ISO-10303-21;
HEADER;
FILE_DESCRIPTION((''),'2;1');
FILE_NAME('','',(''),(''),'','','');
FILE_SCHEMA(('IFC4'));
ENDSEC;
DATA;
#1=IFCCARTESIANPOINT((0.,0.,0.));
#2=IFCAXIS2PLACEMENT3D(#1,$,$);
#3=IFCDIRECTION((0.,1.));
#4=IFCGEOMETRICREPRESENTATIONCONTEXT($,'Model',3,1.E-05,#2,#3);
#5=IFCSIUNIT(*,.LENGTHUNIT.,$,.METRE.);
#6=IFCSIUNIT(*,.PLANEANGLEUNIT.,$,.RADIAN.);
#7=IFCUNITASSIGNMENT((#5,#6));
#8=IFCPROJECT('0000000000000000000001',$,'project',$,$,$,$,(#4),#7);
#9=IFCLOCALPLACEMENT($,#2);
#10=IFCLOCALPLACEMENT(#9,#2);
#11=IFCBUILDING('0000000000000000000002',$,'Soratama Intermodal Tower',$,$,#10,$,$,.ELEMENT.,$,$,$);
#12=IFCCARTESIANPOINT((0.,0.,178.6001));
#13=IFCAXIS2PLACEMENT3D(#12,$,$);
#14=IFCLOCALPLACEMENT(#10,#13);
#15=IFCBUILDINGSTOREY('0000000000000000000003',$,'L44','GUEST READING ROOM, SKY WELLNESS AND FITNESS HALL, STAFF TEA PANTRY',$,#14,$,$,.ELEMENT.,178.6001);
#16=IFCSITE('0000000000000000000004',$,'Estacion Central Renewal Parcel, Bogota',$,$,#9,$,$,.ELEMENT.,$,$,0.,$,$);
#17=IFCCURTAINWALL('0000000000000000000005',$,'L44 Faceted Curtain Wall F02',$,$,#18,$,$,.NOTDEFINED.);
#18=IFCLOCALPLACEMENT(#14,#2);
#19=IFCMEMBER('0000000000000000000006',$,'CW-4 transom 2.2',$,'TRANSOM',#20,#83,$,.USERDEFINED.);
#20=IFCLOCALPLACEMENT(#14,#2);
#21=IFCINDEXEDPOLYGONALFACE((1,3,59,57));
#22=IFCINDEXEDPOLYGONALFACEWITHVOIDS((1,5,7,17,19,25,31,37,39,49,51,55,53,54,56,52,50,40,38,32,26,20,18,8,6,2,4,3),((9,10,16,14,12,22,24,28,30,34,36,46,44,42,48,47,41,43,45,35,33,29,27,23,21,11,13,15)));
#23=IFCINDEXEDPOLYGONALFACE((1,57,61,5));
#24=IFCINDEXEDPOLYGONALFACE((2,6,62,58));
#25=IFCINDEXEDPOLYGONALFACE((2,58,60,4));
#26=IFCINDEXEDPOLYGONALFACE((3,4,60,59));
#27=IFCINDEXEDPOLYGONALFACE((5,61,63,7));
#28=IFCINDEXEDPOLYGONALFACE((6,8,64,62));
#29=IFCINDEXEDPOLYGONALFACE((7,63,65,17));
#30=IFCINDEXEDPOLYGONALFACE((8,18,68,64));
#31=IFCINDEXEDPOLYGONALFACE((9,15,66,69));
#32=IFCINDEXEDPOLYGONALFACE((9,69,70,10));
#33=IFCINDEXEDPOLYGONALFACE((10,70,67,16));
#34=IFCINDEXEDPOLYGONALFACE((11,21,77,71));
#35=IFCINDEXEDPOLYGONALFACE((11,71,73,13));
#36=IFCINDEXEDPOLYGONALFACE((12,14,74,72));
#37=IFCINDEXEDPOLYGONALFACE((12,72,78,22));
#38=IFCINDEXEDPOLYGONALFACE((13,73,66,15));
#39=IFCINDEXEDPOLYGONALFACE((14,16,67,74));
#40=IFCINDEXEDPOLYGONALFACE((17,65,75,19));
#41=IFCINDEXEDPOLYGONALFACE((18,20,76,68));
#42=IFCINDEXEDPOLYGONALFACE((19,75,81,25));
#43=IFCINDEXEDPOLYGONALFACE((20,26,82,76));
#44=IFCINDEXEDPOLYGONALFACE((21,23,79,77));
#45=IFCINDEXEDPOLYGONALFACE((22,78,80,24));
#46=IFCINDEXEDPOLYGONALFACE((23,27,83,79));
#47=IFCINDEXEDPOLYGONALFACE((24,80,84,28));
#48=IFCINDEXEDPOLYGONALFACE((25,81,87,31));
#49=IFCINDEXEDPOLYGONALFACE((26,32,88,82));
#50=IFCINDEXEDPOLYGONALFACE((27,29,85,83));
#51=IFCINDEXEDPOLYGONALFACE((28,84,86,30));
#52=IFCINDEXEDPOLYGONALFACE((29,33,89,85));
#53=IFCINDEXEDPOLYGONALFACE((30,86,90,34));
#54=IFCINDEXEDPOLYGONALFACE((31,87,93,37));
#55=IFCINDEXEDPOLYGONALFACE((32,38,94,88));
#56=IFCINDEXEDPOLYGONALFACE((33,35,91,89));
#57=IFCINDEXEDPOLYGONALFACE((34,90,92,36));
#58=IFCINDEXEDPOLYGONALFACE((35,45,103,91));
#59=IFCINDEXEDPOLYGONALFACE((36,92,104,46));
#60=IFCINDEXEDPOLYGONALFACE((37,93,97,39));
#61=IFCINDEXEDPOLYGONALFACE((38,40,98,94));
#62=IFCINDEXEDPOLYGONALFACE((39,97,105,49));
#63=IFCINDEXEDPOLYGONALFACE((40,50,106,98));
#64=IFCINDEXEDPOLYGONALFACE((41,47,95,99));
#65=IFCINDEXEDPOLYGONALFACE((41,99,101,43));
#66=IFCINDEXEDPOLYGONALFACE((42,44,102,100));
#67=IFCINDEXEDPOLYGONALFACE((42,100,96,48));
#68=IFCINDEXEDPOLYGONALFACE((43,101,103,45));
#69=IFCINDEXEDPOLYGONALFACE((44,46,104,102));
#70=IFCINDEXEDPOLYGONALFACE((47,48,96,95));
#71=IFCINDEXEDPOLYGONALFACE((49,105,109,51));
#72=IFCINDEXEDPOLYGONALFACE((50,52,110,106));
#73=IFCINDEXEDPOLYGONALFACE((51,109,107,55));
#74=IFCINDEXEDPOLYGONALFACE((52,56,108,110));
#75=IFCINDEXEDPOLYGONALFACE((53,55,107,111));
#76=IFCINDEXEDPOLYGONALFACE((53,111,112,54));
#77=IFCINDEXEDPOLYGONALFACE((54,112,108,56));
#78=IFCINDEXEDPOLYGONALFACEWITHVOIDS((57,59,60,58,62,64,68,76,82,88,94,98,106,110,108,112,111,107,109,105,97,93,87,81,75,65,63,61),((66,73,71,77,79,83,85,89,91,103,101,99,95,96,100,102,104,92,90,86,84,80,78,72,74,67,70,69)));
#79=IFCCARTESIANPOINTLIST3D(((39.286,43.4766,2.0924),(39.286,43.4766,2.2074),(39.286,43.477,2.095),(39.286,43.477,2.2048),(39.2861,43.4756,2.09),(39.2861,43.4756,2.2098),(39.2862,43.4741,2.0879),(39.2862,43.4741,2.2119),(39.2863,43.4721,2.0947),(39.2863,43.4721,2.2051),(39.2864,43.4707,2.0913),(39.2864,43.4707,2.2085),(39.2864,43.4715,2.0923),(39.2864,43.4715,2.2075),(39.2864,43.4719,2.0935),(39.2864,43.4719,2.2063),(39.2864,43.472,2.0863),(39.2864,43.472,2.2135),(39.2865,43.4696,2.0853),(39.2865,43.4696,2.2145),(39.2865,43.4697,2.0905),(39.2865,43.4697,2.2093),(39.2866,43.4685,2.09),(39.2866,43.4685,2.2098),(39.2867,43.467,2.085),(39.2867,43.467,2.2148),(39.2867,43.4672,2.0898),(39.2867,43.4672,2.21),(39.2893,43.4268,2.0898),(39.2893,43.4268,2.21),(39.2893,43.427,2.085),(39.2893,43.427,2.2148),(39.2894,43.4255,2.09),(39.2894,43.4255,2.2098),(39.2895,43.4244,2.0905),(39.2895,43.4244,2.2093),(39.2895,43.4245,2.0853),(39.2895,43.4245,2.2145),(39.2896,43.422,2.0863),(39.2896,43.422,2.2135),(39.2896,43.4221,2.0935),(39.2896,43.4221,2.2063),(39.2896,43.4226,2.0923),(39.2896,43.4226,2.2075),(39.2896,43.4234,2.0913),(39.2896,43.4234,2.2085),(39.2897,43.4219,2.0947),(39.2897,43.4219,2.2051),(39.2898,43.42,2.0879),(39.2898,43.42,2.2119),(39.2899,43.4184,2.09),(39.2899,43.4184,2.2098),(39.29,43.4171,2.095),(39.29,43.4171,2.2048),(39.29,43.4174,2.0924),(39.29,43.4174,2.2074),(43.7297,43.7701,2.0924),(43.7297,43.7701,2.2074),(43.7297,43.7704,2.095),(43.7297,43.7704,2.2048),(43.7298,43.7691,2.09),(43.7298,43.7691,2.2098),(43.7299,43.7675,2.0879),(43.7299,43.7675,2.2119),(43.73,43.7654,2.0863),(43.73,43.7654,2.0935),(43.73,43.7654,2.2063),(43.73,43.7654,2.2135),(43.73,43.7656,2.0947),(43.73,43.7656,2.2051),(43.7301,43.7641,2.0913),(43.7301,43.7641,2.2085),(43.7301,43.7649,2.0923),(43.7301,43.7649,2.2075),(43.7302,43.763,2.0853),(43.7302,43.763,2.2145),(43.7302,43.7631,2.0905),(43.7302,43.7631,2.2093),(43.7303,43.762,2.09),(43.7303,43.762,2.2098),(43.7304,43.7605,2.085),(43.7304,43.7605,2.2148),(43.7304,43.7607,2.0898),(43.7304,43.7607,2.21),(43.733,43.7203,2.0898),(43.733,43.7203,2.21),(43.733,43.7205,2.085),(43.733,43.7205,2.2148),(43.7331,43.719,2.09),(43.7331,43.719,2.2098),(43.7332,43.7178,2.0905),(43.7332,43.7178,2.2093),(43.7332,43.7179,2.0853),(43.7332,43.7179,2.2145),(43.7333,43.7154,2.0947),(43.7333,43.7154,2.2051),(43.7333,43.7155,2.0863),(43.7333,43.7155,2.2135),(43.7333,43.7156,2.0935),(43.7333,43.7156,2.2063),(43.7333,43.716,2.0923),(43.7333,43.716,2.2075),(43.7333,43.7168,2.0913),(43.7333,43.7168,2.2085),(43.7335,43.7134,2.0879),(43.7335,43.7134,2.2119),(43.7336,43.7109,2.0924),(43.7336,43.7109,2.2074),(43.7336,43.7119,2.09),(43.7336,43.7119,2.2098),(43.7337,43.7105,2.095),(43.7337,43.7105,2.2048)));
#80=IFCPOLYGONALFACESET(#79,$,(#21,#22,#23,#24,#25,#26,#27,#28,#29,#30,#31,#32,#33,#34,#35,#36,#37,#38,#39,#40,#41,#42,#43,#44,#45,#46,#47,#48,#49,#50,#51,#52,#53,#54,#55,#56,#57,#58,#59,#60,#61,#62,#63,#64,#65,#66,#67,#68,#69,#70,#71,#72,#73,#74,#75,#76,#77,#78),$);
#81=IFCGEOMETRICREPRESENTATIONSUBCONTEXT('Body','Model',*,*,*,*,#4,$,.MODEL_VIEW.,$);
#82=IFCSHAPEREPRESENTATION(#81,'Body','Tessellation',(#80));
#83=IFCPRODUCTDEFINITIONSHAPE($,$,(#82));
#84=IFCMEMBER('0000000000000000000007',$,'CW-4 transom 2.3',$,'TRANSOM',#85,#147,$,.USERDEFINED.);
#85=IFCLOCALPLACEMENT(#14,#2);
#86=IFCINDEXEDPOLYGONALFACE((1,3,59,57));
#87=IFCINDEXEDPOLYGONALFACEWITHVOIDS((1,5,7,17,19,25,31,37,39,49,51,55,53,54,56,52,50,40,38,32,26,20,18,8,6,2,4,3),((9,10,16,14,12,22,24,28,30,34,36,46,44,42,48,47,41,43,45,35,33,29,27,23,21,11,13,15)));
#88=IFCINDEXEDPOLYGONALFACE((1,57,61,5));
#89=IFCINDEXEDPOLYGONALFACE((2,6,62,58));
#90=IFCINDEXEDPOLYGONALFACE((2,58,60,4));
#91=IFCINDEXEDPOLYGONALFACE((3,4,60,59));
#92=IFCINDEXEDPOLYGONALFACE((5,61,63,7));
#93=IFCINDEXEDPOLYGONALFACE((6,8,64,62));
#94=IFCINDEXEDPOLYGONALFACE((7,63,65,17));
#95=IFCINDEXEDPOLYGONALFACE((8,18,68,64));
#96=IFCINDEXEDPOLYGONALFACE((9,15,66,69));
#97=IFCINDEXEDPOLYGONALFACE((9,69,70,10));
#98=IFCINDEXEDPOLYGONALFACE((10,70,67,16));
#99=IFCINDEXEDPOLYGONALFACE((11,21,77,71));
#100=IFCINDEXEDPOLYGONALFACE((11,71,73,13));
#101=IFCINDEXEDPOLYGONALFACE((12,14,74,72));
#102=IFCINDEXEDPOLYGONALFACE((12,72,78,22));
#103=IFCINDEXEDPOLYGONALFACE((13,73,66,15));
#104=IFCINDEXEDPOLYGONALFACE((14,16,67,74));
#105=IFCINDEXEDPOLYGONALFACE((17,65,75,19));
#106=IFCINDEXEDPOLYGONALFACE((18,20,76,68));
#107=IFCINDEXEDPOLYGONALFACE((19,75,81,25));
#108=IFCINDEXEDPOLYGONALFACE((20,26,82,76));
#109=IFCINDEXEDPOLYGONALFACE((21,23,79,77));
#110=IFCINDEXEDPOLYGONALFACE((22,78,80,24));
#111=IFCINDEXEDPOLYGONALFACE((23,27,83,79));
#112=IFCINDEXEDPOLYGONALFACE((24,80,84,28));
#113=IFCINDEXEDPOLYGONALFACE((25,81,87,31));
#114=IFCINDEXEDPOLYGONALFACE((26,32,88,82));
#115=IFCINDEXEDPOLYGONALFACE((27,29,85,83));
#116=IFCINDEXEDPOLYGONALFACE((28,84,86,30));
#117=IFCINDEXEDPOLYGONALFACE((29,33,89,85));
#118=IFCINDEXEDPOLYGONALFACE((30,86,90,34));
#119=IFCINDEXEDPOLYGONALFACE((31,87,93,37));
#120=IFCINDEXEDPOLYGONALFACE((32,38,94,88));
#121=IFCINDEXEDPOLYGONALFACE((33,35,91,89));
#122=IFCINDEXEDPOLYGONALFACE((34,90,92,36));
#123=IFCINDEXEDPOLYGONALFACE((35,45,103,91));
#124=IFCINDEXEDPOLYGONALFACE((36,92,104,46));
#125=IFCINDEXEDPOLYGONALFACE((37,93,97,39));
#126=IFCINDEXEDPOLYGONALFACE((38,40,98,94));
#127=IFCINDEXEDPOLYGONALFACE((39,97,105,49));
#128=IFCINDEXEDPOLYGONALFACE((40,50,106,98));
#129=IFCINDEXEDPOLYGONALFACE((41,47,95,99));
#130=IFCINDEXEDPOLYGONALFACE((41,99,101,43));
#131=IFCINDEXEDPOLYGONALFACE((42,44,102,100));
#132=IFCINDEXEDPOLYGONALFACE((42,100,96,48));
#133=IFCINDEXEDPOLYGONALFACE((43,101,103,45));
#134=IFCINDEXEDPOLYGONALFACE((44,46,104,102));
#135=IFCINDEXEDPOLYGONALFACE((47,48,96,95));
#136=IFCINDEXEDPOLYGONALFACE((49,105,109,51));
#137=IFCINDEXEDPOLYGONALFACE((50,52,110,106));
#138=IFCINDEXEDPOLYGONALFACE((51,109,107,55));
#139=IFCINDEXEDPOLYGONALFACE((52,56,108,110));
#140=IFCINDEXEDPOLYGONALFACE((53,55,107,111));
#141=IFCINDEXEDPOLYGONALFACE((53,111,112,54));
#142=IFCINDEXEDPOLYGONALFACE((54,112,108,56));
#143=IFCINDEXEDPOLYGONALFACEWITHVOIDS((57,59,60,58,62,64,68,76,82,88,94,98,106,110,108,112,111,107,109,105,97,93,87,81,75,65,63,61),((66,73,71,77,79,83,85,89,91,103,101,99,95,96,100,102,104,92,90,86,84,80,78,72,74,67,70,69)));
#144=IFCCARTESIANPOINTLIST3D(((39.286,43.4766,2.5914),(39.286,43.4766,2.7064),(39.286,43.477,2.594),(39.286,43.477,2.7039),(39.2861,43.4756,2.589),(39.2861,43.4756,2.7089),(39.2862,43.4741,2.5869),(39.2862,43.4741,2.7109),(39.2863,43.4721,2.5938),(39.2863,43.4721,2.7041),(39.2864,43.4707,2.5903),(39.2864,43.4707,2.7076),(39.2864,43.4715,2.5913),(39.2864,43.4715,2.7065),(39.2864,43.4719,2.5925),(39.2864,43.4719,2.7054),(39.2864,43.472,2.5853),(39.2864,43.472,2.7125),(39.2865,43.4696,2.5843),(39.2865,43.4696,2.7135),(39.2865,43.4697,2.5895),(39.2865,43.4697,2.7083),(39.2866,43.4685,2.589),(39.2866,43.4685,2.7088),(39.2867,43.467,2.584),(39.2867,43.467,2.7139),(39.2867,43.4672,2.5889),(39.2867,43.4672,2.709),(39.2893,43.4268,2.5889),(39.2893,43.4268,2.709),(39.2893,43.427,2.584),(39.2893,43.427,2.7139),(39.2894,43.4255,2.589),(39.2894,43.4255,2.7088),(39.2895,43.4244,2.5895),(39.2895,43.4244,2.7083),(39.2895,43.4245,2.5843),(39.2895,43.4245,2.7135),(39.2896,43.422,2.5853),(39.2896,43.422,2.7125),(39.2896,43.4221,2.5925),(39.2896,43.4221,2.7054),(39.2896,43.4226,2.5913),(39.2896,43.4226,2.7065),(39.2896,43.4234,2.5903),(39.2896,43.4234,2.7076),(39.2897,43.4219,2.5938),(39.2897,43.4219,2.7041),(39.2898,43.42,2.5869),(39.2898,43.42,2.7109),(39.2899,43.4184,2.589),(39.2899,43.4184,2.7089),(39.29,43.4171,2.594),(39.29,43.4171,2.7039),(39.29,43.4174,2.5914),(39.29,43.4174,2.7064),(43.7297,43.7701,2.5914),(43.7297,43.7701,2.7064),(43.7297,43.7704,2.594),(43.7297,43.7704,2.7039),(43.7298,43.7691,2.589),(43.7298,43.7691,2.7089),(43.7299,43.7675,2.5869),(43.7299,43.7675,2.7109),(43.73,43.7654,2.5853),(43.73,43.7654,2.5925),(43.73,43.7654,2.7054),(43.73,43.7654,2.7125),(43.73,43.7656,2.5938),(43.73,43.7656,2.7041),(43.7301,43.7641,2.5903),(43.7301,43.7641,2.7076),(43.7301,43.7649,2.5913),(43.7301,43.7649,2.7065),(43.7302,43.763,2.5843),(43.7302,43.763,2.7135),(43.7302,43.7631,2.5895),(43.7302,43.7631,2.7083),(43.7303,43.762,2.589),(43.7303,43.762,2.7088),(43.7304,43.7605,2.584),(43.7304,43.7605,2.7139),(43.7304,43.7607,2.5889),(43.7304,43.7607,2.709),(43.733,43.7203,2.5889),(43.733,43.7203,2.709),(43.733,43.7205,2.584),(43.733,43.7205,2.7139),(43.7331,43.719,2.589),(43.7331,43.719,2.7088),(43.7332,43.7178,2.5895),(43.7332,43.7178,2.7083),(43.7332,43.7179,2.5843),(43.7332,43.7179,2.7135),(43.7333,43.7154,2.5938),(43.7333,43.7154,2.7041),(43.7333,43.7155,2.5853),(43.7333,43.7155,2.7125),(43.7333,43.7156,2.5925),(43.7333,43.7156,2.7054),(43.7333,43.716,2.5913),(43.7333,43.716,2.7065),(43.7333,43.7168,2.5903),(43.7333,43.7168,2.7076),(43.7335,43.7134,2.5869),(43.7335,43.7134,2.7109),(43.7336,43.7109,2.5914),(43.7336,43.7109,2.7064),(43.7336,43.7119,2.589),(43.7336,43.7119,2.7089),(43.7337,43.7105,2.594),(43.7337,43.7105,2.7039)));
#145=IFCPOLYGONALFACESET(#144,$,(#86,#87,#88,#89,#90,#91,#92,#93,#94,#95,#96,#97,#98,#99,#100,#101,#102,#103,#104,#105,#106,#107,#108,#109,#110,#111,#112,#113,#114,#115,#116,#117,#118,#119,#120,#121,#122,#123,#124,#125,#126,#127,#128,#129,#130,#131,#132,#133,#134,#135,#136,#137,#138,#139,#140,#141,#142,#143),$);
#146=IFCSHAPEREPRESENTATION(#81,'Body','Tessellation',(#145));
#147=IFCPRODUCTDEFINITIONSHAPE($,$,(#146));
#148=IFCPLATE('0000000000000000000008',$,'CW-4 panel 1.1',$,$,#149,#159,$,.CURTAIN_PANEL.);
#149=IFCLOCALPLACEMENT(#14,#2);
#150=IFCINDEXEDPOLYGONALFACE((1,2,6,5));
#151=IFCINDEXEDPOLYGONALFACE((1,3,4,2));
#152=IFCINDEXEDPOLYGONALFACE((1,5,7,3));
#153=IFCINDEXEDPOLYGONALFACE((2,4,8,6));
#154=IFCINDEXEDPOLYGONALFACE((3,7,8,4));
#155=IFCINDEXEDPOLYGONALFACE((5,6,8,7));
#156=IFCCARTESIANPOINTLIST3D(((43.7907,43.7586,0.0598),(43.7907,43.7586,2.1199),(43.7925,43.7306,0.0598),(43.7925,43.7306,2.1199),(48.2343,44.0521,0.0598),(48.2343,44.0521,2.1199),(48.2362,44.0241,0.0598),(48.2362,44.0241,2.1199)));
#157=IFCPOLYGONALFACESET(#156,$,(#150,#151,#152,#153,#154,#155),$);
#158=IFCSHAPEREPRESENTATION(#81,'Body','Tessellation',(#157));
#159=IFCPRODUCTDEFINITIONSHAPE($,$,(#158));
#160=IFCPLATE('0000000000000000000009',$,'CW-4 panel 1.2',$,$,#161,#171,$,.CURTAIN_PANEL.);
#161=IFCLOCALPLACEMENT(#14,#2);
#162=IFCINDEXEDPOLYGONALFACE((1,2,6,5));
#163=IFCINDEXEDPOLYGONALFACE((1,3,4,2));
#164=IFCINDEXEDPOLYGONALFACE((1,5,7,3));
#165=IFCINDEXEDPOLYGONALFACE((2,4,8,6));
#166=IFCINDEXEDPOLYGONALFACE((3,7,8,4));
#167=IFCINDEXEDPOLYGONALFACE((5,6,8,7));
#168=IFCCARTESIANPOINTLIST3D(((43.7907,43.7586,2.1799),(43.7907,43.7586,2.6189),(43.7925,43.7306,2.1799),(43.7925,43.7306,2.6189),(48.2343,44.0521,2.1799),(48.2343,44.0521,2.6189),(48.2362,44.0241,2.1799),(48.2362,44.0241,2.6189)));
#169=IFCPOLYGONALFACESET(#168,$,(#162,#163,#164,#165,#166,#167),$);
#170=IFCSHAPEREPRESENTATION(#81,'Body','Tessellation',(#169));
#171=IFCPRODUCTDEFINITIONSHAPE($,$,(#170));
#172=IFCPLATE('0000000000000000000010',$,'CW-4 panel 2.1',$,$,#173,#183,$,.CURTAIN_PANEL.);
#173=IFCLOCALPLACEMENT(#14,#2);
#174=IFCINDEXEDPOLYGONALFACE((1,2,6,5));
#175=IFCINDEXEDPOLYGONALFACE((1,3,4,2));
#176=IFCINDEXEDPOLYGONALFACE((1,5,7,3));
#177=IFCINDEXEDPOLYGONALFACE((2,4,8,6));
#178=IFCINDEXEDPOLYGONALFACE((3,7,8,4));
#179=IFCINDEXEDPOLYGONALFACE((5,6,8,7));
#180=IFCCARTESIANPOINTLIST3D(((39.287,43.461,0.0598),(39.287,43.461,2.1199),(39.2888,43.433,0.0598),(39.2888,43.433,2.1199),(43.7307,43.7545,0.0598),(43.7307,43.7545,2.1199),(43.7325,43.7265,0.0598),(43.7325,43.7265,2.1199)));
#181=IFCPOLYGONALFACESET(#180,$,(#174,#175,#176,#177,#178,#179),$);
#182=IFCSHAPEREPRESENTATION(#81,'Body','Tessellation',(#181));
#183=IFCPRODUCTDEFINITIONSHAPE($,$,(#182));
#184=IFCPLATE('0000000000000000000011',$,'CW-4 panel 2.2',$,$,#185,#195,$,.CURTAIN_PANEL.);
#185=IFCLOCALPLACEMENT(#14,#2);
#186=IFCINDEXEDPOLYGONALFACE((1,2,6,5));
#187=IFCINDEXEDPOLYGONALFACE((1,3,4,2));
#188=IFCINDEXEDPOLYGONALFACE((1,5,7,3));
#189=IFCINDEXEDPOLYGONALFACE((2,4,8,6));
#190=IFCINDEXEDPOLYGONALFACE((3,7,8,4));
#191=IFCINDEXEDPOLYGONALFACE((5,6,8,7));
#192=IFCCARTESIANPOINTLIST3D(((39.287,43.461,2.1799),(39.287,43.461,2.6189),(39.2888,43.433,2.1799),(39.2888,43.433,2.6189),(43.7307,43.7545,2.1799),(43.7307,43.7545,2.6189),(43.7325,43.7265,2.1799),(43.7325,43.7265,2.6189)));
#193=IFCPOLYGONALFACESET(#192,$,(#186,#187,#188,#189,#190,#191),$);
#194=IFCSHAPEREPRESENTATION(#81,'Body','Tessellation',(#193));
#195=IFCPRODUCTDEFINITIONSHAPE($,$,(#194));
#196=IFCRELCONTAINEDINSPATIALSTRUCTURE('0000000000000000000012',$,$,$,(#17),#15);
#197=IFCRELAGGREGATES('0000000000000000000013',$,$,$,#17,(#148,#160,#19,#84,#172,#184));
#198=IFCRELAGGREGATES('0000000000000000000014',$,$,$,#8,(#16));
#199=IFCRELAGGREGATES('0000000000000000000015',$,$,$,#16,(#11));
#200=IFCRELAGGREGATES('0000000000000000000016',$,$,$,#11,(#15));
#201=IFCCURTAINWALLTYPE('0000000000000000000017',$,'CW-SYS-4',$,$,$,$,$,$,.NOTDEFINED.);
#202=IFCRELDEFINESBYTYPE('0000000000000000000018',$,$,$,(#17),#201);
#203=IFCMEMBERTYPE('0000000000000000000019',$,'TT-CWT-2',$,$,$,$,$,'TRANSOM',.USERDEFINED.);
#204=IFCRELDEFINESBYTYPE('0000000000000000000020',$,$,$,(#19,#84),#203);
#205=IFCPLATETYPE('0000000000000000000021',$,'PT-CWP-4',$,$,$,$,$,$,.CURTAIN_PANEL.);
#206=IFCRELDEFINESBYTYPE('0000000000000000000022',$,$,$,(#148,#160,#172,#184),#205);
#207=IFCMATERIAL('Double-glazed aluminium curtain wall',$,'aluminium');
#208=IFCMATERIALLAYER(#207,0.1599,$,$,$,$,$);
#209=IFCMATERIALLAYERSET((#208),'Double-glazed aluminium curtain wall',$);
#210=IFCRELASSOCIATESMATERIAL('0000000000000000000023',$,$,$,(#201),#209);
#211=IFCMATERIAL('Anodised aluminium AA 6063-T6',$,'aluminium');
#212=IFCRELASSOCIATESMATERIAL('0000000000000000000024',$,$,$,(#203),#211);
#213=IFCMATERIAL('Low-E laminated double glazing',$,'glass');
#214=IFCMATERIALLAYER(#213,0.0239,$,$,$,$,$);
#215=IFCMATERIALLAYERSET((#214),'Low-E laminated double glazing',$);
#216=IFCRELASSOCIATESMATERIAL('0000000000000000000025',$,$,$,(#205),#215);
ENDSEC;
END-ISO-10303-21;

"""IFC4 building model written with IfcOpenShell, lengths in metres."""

from ifc_helpers import new_model, si_unit, direction, frame, origin, origin_2d, place, context, subcontext, project, spatial, rectangle, hollow_rectangle, extrude, material, layer, layer_set, material_profile, profile_set, type_object, element, aggregate, save


model = new_model("IFC4")

# Units and contexts
model_context = context("Model", 3, precision=1e-05, world=origin(), true_north=direction((0.0, 1.0)))
body_context = subcontext(model_context, "Body", "Model", "MODEL_VIEW")
ifc_project = project(units=[si_unit("LENGTHUNIT", "METRE"), si_unit("PLANEANGLEUNIT", "RADIAN")], contexts=[model_context])

# Site, building, storey
site_placement = place(None, origin())
site = spatial("IfcSite", under=ifc_project, at=site_placement, Name="Estacion Central Renewal Parcel, Bogota", CompositionType="ELEMENT", RefElevation=0.0)
building_placement = place(site_placement, origin())
building = spatial("IfcBuilding", under=site, at=building_placement, Name="Soratama Intermodal Tower", CompositionType="ELEMENT")
storey_placement = place(building_placement, frame((0.0, 0.0, 178.6001)))
storey = spatial("IfcBuildingStorey", under=building, at=storey_placement, Name="L44", Description="GUEST READING ROOM, SKY WELLNESS AND FITNESS HALL, STAFF TEA PANTRY", CompositionType="ELEMENT", Elevation=178.6001)

# Curtain wall, members, plates
ifc_material_1 = material(Name="Double-glazed aluminium curtain wall", Category="aluminium")
ifc_layer_1 = layer(ifc_material_1, 0.1599)
ifc_layer_set_1 = layer_set([ifc_layer_1], Name="Double-glazed aluminium curtain wall")
curtain_wall_type = type_object("IfcCurtainWallType", Name="CW-SYS-4", PredefinedType="NOTDEFINED", material=ifc_layer_set_1)
curtain_wall_placement = place(storey_placement, origin())
curtain_wall = element("IfcCurtainWall", 1, at=curtain_wall_placement, inside=storey, type_object=curtain_wall_type, Name="L44 Faceted Curtain Wall F02", PredefinedType="NOTDEFINED")
ifc_material_2 = material(Name="Anodised aluminium AA 6063-T6", Category="aluminium")
ifc_material_profile_1 = material_profile(ifc_material_2, hollow_rectangle(XDim=0.0601, YDim=0.1299, WallThickness=0.0049, InnerFilletRadius=0.0049, OuterFilletRadius=0.01, at=origin_2d()), Name="CWT130X60X5")
ifc_profile_set_1 = profile_set([ifc_material_profile_1], Name="Anodised aluminium AA 6063-T6")
member_type_1 = type_object("IfcMemberType", Name="TT-CWT-2", ElementType="TRANSOM", PredefinedType="USERDEFINED", material=ifc_profile_set_1)
member_1_placement = place(storey_placement, frame((43.7317, 43.7405, 2.1499), z_axis=(-0.997826, -0.065897, 0.0), x_axis=(0.065897, -0.997826, 0.0)))
member_1 = element("IfcMember", 2, at=member_1_placement, type_object=member_type_1, Name="CW-4 transom 2.2", ObjectType="TRANSOM", PredefinedType="USERDEFINED", context=body_context, shape_type="SweptSolid", body=[
    extrude(hollow_rectangle(XDim=0.0601, YDim=0.1299, WallThickness=0.0049, InnerFilletRadius=0.0049, OuterFilletRadius=0.01, at=origin_2d()), origin(), (0.0, 0.0, 1.0), 4.4534),
])
member_2_placement = place(storey_placement, frame((43.7317, 43.7405, 2.6489), z_axis=(-0.997826, -0.065897, 0.0), x_axis=(0.065897, -0.997826, 0.0)))
member_2 = element("IfcMember", 3, at=member_2_placement, type_object=member_type_1, Name="CW-4 transom 2.3", ObjectType="TRANSOM", PredefinedType="USERDEFINED", context=body_context, shape_type="SweptSolid", body=[
    extrude(hollow_rectangle(XDim=0.0601, YDim=0.1299, WallThickness=0.0049, InnerFilletRadius=0.0049, OuterFilletRadius=0.01, at=origin_2d()), origin(), (0.0, 0.0, 1.0), 4.4534),
])
ifc_material_3 = material(Name="Low-E laminated double glazing", Category="glass")
ifc_layer_2 = layer(ifc_material_3, 0.0239)
ifc_layer_set_2 = layer_set([ifc_layer_2], Name="Low-E laminated double glazing")
plate_type = type_object("IfcPlateType", Name="PT-CWP-4", PredefinedType="CURTAIN_PANEL", material=ifc_layer_set_2)
plate_1_placement = place(storey_placement, frame((46.0134, 43.8914, 0.0598), z_axis=(0.0, 0.0, 1.0), x_axis=(-0.997825, -0.065919, 0.0)))
plate_1 = element("IfcPlate", 4, at=plate_1_placement, type_object=plate_type, Name="CW-4 panel 1.1", PredefinedType="CURTAIN_PANEL", context=body_context, shape_type="SweptSolid", body=[
    extrude(rectangle(XDim=4.4534, YDim=0.0281, at=origin_2d()), origin(), (0.0, 0.0, 1.0), 2.0601),
])
plate_2_placement = place(storey_placement, frame((46.0134, 43.8914, 2.1799), z_axis=(0.0, 0.0, 1.0), x_axis=(-0.997825, -0.065919, 0.0)))
plate_2 = element("IfcPlate", 5, at=plate_2_placement, type_object=plate_type, Name="CW-4 panel 1.2", PredefinedType="CURTAIN_PANEL", context=body_context, shape_type="SweptSolid", body=[
    extrude(rectangle(XDim=4.4534, YDim=0.0281, at=origin_2d()), origin(), (0.0, 0.0, 1.0), 0.439),
])
plate_3_placement = place(storey_placement, frame((41.5098, 43.5938, 0.0598), z_axis=(0.0, 0.0, 1.0), x_axis=(-0.997825, -0.065919, 0.0)))
plate_3 = element("IfcPlate", 6, at=plate_3_placement, type_object=plate_type, Name="CW-4 panel 2.1", PredefinedType="CURTAIN_PANEL", context=body_context, shape_type="SweptSolid", body=[
    extrude(rectangle(XDim=4.4534, YDim=0.0281, at=origin_2d()), origin(), (0.0, 0.0, 1.0), 2.0601),
])
plate_4_placement = place(storey_placement, frame((41.5098, 43.5938, 2.1799), z_axis=(0.0, 0.0, 1.0), x_axis=(-0.997825, -0.065919, 0.0)))
plate_4 = element("IfcPlate", 7, at=plate_4_placement, type_object=plate_type, Name="CW-4 panel 2.2", PredefinedType="CURTAIN_PANEL", context=body_context, shape_type="SweptSolid", body=[
    extrude(rectangle(XDim=4.4534, YDim=0.0281, at=origin_2d()), origin(), (0.0, 0.0, 1.0), 0.439),
])
aggregate(curtain_wall, [plate_1, plate_2, member_1, member_2, plate_3, plate_4])

save(model, "model.ifc")
